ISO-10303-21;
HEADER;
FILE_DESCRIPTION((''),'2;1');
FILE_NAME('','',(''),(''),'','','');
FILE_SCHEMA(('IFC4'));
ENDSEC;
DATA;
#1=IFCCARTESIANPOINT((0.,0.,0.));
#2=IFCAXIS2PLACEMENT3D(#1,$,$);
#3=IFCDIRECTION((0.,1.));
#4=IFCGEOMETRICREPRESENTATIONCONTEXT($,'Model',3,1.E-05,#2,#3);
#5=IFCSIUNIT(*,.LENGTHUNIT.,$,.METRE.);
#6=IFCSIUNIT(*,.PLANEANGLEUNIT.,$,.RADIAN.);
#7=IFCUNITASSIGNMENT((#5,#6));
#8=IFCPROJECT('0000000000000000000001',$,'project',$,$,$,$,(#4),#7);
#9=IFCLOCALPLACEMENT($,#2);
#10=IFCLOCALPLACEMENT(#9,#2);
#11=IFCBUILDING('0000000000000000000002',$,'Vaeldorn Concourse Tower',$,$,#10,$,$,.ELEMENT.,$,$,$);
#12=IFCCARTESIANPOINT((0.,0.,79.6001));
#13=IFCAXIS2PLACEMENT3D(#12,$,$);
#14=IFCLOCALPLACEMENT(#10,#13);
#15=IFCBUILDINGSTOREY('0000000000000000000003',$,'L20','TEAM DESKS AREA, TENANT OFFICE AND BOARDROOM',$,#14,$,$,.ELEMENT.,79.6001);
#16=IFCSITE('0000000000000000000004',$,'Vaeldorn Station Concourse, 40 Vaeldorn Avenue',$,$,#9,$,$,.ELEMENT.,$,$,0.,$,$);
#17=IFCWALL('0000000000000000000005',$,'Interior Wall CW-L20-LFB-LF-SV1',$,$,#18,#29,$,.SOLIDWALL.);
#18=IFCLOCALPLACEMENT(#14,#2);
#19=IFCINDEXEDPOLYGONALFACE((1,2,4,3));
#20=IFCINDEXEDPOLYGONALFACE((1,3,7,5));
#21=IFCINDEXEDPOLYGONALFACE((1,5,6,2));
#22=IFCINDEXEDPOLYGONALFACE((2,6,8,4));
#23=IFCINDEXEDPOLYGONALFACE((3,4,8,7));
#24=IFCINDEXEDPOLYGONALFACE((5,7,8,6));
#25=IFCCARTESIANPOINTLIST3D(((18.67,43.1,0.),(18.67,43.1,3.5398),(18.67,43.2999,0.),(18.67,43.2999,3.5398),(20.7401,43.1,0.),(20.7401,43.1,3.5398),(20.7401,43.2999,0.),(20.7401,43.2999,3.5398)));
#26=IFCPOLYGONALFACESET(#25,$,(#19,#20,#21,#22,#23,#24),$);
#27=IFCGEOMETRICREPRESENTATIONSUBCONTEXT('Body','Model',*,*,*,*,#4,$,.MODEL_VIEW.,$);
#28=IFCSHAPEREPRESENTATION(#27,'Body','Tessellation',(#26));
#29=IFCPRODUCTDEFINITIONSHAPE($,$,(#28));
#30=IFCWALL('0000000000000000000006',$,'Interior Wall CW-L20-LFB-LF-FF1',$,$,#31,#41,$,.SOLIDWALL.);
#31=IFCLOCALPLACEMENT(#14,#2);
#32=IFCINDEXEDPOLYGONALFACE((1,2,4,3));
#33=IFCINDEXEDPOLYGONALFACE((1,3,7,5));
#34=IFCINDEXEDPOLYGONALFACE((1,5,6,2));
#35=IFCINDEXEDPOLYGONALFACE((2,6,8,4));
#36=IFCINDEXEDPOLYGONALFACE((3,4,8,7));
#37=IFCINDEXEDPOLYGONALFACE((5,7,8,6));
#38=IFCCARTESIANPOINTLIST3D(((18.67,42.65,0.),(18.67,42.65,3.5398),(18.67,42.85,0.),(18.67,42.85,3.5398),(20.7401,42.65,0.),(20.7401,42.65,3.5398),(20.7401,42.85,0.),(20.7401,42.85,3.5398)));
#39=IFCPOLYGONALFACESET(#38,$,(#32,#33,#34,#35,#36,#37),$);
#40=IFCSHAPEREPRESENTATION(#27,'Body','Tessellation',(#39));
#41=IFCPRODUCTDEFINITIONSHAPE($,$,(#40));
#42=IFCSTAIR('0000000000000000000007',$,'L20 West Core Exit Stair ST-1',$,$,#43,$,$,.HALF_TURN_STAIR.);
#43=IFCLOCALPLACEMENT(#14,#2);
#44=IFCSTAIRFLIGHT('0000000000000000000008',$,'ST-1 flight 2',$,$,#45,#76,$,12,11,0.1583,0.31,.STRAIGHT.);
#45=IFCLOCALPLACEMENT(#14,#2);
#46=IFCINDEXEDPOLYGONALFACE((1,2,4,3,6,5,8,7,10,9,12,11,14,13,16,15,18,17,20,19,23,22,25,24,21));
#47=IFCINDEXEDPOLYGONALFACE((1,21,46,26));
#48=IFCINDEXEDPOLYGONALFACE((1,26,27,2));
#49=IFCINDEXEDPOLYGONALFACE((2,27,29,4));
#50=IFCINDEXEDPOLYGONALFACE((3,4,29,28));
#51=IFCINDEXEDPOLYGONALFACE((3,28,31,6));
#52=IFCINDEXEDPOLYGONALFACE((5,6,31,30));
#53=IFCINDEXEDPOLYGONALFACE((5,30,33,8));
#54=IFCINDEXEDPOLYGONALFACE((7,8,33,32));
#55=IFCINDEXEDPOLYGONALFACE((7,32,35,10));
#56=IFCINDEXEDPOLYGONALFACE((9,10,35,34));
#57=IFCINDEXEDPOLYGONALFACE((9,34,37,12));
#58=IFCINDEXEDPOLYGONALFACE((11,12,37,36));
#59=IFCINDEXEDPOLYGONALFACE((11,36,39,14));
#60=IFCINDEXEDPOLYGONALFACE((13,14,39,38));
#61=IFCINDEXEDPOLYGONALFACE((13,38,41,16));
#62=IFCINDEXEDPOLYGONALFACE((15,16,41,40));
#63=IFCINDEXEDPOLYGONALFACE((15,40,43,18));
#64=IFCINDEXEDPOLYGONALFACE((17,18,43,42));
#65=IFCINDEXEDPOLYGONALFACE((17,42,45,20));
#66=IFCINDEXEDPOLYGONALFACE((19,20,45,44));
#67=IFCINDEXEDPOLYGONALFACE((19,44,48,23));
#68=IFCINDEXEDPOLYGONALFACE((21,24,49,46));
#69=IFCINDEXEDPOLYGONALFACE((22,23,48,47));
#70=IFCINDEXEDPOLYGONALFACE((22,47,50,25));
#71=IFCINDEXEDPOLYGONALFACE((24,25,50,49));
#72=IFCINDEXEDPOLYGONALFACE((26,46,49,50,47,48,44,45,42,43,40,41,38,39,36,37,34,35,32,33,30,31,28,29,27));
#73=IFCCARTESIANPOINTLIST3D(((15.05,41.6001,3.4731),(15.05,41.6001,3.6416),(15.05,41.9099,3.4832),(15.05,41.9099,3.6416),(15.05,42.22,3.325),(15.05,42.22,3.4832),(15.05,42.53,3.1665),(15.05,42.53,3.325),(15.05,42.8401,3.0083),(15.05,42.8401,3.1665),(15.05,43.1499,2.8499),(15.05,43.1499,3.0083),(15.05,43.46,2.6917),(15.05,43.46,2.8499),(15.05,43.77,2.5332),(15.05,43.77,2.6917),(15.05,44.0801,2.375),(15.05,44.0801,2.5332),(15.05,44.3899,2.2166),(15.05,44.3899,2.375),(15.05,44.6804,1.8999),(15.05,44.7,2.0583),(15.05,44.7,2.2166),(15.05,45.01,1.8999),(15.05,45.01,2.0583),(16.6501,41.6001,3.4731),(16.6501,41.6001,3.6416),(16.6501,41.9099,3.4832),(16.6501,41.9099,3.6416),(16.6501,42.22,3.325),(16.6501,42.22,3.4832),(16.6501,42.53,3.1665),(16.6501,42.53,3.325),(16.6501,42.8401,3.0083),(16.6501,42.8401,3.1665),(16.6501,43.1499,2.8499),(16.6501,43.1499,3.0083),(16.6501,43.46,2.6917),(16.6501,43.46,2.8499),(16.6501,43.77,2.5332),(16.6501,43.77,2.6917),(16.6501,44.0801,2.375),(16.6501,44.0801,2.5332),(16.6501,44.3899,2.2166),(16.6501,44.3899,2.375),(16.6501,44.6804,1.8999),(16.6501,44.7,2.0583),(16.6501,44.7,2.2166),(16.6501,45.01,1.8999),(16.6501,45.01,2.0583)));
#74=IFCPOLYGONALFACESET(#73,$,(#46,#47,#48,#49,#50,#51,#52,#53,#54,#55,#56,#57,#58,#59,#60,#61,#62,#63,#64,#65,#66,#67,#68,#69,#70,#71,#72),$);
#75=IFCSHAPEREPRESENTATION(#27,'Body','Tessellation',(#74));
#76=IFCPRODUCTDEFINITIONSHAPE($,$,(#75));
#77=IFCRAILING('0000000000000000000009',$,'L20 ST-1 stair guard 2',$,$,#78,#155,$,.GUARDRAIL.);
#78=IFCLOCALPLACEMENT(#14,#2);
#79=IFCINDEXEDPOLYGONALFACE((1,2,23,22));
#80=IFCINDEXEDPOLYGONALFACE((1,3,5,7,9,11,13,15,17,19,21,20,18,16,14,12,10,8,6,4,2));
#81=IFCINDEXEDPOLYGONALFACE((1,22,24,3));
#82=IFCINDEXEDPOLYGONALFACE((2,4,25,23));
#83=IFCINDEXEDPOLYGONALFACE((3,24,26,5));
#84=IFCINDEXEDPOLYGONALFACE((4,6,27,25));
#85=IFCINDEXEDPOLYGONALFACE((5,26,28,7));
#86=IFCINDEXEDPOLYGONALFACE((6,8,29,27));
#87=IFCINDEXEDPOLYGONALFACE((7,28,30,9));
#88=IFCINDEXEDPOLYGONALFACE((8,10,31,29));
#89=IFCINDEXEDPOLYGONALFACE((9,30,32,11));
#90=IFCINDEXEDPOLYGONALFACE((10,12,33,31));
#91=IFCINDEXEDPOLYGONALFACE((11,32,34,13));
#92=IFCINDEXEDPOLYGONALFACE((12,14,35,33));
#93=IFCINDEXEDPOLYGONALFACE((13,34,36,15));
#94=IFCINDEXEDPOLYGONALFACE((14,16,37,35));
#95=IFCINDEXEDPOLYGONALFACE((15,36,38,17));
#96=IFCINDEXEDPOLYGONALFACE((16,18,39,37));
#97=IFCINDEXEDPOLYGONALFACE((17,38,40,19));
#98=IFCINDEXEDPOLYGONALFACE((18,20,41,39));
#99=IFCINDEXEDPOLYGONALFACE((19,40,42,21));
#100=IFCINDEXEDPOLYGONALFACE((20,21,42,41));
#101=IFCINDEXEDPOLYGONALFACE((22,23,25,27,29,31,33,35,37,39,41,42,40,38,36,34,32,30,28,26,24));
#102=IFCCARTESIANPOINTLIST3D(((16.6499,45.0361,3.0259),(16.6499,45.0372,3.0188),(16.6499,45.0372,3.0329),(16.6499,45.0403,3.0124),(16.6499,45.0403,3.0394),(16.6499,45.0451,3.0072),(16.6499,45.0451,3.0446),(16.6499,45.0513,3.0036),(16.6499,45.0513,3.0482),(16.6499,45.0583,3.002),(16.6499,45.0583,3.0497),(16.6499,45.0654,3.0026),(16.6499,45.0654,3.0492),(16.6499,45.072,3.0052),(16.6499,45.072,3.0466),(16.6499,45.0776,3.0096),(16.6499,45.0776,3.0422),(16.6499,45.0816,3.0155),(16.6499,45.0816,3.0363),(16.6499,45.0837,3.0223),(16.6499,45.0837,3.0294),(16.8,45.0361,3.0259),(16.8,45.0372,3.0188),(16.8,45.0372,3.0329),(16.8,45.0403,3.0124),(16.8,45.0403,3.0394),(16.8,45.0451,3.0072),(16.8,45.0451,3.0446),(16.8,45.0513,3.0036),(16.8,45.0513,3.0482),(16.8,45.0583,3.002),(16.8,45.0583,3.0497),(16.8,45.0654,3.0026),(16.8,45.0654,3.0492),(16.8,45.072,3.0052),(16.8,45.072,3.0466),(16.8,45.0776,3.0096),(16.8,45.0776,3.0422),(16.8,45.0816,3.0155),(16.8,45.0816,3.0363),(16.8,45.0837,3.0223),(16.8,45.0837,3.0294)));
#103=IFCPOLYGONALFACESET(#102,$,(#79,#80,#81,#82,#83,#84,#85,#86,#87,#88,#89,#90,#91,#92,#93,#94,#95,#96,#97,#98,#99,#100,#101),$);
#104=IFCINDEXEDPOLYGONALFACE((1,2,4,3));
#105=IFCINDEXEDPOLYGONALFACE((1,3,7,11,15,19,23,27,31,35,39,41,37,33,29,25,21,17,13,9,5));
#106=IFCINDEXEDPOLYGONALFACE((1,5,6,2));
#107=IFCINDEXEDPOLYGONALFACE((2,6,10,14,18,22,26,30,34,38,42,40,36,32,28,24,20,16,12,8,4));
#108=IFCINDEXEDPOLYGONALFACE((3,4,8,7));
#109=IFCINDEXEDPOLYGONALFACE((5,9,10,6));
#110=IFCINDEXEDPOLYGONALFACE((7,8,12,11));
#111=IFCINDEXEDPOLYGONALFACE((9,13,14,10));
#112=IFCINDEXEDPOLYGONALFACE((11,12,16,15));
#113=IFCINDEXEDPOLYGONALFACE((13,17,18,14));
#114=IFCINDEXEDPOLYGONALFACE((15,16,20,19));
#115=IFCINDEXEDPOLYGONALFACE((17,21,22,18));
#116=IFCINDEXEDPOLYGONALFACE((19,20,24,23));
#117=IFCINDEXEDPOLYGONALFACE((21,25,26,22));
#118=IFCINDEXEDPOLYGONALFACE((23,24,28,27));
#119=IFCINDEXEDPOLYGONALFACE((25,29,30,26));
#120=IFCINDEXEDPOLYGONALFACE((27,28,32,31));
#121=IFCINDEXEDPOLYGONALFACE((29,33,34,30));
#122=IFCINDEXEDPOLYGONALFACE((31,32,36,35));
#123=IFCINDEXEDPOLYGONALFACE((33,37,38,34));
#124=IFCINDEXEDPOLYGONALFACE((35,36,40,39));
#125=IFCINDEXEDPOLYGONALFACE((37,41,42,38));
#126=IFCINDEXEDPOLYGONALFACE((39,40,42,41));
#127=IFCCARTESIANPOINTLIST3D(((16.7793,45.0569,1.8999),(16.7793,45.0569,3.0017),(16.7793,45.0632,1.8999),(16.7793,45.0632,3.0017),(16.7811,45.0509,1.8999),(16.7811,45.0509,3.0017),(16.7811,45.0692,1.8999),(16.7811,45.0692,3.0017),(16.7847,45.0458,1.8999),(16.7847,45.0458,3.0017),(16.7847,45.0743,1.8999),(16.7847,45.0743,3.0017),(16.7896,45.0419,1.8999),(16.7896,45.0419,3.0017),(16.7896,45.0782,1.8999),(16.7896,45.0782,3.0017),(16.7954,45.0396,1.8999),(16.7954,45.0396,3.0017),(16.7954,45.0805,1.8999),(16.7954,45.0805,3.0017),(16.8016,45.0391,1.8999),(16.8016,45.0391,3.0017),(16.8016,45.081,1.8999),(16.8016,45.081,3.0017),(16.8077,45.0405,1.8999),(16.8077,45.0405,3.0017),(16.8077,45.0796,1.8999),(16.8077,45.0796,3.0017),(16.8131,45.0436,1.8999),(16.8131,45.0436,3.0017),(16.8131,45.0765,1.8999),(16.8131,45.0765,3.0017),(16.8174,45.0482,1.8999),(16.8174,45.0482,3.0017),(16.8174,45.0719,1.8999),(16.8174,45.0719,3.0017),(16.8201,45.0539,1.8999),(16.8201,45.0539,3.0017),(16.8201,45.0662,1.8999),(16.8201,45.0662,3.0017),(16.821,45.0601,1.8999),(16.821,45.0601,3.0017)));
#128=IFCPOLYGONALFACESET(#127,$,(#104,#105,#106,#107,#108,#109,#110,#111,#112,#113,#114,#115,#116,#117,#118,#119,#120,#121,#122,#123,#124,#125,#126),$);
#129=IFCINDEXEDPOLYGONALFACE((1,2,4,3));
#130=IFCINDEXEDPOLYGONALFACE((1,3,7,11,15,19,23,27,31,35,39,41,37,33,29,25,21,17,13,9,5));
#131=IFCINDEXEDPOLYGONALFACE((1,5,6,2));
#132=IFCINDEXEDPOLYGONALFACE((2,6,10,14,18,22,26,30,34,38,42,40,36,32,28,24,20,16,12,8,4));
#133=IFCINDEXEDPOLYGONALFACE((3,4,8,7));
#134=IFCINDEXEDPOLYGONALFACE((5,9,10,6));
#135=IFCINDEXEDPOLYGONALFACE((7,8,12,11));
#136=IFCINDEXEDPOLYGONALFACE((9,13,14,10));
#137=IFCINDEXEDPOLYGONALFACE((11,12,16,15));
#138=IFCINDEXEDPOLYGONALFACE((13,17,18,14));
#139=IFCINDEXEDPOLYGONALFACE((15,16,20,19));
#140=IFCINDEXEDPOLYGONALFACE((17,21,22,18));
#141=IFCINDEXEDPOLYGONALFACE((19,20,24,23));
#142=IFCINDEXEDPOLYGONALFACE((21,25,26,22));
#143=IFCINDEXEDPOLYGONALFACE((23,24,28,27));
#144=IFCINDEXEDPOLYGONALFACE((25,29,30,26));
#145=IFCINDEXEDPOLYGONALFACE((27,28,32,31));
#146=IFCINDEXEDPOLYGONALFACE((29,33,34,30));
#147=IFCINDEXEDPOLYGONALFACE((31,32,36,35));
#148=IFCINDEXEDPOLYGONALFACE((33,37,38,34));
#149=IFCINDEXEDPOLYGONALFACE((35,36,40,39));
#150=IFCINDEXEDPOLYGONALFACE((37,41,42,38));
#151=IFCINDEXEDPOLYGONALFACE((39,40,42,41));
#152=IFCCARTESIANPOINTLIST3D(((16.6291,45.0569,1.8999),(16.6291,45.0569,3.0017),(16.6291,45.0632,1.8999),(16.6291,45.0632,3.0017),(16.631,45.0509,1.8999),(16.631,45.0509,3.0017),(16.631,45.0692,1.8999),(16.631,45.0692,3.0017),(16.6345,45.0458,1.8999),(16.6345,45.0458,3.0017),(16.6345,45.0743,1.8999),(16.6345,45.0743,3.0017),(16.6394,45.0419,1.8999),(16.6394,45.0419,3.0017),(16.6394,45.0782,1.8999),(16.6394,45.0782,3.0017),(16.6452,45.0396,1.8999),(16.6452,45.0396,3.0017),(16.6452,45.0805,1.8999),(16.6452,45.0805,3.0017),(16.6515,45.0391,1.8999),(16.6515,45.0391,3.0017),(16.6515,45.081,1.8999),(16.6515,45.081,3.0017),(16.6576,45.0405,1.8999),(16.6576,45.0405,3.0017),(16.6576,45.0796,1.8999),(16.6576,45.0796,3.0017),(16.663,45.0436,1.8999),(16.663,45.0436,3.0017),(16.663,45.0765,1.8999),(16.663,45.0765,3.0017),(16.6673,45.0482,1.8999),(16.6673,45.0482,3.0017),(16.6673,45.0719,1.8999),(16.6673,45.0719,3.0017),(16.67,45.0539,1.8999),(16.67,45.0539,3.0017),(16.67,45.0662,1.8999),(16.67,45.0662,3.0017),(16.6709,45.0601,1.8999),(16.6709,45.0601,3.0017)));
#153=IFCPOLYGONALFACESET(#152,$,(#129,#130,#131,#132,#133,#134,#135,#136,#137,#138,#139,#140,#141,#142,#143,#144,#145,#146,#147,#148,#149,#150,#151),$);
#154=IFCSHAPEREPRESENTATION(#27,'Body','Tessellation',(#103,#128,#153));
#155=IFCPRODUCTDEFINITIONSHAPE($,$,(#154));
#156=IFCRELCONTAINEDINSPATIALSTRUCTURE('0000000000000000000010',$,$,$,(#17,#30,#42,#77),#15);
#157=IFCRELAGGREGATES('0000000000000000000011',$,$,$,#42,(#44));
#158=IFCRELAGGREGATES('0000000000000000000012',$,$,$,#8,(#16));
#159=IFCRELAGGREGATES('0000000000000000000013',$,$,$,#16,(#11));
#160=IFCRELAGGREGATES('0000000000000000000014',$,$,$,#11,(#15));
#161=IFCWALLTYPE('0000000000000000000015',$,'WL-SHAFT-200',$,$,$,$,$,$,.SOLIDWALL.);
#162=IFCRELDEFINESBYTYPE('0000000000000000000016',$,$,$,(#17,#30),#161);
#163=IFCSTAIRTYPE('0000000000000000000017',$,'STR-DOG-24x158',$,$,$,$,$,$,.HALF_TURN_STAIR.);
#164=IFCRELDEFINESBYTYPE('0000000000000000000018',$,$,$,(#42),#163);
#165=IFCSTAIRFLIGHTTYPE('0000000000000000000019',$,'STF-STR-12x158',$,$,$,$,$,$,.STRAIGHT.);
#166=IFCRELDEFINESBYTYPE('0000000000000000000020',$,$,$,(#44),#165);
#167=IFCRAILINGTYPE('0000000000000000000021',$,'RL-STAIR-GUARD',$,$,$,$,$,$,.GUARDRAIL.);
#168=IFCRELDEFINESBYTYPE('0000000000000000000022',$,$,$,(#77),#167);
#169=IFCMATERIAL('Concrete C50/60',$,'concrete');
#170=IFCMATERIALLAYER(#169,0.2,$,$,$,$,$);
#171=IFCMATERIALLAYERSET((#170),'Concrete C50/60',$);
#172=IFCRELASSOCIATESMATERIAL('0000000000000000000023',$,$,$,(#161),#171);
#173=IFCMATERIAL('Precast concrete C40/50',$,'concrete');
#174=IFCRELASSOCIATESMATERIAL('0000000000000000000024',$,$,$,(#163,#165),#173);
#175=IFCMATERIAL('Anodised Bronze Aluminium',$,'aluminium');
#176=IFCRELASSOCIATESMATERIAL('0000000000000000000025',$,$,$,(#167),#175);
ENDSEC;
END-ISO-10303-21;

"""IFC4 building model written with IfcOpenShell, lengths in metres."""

from ifc_helpers import new_model, si_unit, direction, frame, frame_2d, origin, origin_2d, place, context, subcontext, project, spatial, polyline, rectangle, circle, outline, extrude, material, layer, layer_set, type_object, element, aggregate, save


model = new_model("IFC4")

# Units and contexts
model_context = context("Model", 3, precision=1e-05, world=origin(), true_north=direction((0.0, 1.0)))
body_context = subcontext(model_context, "Body", "Model", "MODEL_VIEW")
ifc_project = project(units=[si_unit("LENGTHUNIT", "METRE"), si_unit("PLANEANGLEUNIT", "RADIAN")], contexts=[model_context])

# Site, building, storey
site_placement = place(None, origin())
site = spatial("IfcSite", under=ifc_project, at=site_placement, Name="Vaeldorn Station Concourse, 40 Vaeldorn Avenue", CompositionType="ELEMENT", RefElevation=0.0)
building_placement = place(site_placement, origin())
building = spatial("IfcBuilding", under=site, at=building_placement, Name="Vaeldorn Concourse Tower", CompositionType="ELEMENT")
storey_placement = place(building_placement, frame((0.0, 0.0, 79.6001)))
storey = spatial("IfcBuildingStorey", under=building, at=storey_placement, Name="L20", Description="TEAM DESKS AREA, TENANT OFFICE AND BOARDROOM", CompositionType="ELEMENT", Elevation=79.6001)

# Shared definitions
ifc_material_1 = material(Name="Concrete C50/60", Category="concrete")
ifc_layer_1 = layer(ifc_material_1, 0.2)
ifc_layer_set_1 = layer_set([ifc_layer_1], Name="Concrete C50/60")
wall_type_1 = type_object("IfcWallType", Name="WL-SHAFT-200", PredefinedType="SOLIDWALL", material=ifc_layer_set_1)

# Shared definitions
ifc_material_2 = material(Name="Anodised Bronze Aluminium", Category="aluminium")

# Walls
for number, where, z_axis, x_axis, name in (
    (1, (18.6699, 43.2, 0.0), (0.0, 0.0, 1.0), (1.0, 0.0, 0.0), "Interior Wall CW-L20-LFB-LF-SV1"),
    (2, (18.6699, 42.75, 0.0), (0.0, 0.0, 1.0), (1.0, 0.0, 0.0), "Interior Wall CW-L20-LFB-LF-FF1"),
):
    element("IfcWall", number, at=place(storey_placement, frame(where, z_axis=z_axis, x_axis=x_axis)), inside=storey, type_object=wall_type_1, Name=name, PredefinedType="SOLIDWALL", context=body_context, shape_type="SweptSolid", body=[
        extrude(rectangle(XDim=2.0701, YDim=0.2, at=frame_2d((1.0352, 0.0))), origin(), (0.0, 0.0, 1.0), 3.5398),
    ])

# Stair, stair flight
ifc_material_3 = material(Name="Precast concrete C40/50", Category="concrete")
stair_type = type_object("IfcStairType", Name="STR-DOG-24x158", PredefinedType="HALF_TURN_STAIR", material=ifc_material_3)
stair_placement = place(storey_placement, origin())
stair = element("IfcStair", 3, at=stair_placement, inside=storey, type_object=stair_type, Name="L20 West Core Exit Stair ST-1", PredefinedType="HALF_TURN_STAIR")
stair_flight_type = type_object("IfcStairFlightType", Name="STF-STR-12x158", PredefinedType="STRAIGHT", material=ifc_material_3)
stair_flight_placement = place(storey_placement, frame((15.8501, 45.01, 1.8999), z_axis=(0.0, 0.0, 1.0), x_axis=(0.0, -1.0, 0.0)))
stair_flight = element("IfcStairFlight", 4, at=stair_flight_placement, type_object=stair_flight_type, Name="ST-1 flight 2", NumberOfRisers=12, NumberOfTreads=11, PredefinedType="STRAIGHT", RiserHeight=0.1583, TreadLength=0.31, context=body_context, shape_type="SweptSolid", body=[
    extrude(outline(polyline([(0.0, 0.0), (0.0, 0.1584), (0.3101, 0.1584), (0.3101, 0.3167), (0.6201, 0.3167), (0.6201, 0.4751), (0.9299, 0.4751), (0.9299, 0.6333), (1.24, 0.6333), (1.24, 0.7917), (1.55, 0.7917), (1.55, 0.95), (1.8601, 0.95), (1.8601, 1.1084), (2.1699, 1.1084), (2.1699, 1.2666), (2.48, 1.2666), (2.48, 1.425), (2.79, 1.425), (2.79, 1.5833), (3.1001, 1.5833), (3.1001, 1.7417), (3.4099, 1.7417), (3.4099, 1.8999), (3.4099, 1.5732), (0.3296, 0.0), (0.0, 0.0)])), frame((0.0, 0.8, 0.0), z_axis=(0.0, -1.0, 0.0), x_axis=(1.0, 0.0, 0.0)), (0.0, 0.0, 1.0), 1.6001),
])
aggregate(stair, [stair_flight])

# Railing
railing_type_1 = type_object("IfcRailingType", Name="RL-STAIR-GUARD", PredefinedType="GUARDRAIL", material=ifc_material_2)
railing_1_placement = place(storey_placement, frame((16.8, 45.0601, 1.8999)))
element("IfcRailing", 5, at=railing_1_placement, inside=storey, type_object=railing_type_1, Name="L20 ST-1 stair guard 2", PredefinedType="GUARDRAIL", context=body_context, shape_type="SweptSolid", body=[
    extrude(circle(Radius=0.0239, at=origin_2d()), frame((0.0, 0.0, 1.126), z_axis=(-1.0, 0.0, 0.0), x_axis=(0.0, -1.0, 0.0)), (0.0, 0.0, 1.0), 0.1501),
    extrude(circle(Radius=0.021, at=origin_2d()), origin(), (0.0, 0.0, 1.0), 1.1018),
    extrude(circle(Radius=0.021, at=origin_2d()), frame((-0.1501, 0.0, 0.0)), (0.0, 0.0, 1.0), 1.1018),
])

save(model, "model.ifc")
